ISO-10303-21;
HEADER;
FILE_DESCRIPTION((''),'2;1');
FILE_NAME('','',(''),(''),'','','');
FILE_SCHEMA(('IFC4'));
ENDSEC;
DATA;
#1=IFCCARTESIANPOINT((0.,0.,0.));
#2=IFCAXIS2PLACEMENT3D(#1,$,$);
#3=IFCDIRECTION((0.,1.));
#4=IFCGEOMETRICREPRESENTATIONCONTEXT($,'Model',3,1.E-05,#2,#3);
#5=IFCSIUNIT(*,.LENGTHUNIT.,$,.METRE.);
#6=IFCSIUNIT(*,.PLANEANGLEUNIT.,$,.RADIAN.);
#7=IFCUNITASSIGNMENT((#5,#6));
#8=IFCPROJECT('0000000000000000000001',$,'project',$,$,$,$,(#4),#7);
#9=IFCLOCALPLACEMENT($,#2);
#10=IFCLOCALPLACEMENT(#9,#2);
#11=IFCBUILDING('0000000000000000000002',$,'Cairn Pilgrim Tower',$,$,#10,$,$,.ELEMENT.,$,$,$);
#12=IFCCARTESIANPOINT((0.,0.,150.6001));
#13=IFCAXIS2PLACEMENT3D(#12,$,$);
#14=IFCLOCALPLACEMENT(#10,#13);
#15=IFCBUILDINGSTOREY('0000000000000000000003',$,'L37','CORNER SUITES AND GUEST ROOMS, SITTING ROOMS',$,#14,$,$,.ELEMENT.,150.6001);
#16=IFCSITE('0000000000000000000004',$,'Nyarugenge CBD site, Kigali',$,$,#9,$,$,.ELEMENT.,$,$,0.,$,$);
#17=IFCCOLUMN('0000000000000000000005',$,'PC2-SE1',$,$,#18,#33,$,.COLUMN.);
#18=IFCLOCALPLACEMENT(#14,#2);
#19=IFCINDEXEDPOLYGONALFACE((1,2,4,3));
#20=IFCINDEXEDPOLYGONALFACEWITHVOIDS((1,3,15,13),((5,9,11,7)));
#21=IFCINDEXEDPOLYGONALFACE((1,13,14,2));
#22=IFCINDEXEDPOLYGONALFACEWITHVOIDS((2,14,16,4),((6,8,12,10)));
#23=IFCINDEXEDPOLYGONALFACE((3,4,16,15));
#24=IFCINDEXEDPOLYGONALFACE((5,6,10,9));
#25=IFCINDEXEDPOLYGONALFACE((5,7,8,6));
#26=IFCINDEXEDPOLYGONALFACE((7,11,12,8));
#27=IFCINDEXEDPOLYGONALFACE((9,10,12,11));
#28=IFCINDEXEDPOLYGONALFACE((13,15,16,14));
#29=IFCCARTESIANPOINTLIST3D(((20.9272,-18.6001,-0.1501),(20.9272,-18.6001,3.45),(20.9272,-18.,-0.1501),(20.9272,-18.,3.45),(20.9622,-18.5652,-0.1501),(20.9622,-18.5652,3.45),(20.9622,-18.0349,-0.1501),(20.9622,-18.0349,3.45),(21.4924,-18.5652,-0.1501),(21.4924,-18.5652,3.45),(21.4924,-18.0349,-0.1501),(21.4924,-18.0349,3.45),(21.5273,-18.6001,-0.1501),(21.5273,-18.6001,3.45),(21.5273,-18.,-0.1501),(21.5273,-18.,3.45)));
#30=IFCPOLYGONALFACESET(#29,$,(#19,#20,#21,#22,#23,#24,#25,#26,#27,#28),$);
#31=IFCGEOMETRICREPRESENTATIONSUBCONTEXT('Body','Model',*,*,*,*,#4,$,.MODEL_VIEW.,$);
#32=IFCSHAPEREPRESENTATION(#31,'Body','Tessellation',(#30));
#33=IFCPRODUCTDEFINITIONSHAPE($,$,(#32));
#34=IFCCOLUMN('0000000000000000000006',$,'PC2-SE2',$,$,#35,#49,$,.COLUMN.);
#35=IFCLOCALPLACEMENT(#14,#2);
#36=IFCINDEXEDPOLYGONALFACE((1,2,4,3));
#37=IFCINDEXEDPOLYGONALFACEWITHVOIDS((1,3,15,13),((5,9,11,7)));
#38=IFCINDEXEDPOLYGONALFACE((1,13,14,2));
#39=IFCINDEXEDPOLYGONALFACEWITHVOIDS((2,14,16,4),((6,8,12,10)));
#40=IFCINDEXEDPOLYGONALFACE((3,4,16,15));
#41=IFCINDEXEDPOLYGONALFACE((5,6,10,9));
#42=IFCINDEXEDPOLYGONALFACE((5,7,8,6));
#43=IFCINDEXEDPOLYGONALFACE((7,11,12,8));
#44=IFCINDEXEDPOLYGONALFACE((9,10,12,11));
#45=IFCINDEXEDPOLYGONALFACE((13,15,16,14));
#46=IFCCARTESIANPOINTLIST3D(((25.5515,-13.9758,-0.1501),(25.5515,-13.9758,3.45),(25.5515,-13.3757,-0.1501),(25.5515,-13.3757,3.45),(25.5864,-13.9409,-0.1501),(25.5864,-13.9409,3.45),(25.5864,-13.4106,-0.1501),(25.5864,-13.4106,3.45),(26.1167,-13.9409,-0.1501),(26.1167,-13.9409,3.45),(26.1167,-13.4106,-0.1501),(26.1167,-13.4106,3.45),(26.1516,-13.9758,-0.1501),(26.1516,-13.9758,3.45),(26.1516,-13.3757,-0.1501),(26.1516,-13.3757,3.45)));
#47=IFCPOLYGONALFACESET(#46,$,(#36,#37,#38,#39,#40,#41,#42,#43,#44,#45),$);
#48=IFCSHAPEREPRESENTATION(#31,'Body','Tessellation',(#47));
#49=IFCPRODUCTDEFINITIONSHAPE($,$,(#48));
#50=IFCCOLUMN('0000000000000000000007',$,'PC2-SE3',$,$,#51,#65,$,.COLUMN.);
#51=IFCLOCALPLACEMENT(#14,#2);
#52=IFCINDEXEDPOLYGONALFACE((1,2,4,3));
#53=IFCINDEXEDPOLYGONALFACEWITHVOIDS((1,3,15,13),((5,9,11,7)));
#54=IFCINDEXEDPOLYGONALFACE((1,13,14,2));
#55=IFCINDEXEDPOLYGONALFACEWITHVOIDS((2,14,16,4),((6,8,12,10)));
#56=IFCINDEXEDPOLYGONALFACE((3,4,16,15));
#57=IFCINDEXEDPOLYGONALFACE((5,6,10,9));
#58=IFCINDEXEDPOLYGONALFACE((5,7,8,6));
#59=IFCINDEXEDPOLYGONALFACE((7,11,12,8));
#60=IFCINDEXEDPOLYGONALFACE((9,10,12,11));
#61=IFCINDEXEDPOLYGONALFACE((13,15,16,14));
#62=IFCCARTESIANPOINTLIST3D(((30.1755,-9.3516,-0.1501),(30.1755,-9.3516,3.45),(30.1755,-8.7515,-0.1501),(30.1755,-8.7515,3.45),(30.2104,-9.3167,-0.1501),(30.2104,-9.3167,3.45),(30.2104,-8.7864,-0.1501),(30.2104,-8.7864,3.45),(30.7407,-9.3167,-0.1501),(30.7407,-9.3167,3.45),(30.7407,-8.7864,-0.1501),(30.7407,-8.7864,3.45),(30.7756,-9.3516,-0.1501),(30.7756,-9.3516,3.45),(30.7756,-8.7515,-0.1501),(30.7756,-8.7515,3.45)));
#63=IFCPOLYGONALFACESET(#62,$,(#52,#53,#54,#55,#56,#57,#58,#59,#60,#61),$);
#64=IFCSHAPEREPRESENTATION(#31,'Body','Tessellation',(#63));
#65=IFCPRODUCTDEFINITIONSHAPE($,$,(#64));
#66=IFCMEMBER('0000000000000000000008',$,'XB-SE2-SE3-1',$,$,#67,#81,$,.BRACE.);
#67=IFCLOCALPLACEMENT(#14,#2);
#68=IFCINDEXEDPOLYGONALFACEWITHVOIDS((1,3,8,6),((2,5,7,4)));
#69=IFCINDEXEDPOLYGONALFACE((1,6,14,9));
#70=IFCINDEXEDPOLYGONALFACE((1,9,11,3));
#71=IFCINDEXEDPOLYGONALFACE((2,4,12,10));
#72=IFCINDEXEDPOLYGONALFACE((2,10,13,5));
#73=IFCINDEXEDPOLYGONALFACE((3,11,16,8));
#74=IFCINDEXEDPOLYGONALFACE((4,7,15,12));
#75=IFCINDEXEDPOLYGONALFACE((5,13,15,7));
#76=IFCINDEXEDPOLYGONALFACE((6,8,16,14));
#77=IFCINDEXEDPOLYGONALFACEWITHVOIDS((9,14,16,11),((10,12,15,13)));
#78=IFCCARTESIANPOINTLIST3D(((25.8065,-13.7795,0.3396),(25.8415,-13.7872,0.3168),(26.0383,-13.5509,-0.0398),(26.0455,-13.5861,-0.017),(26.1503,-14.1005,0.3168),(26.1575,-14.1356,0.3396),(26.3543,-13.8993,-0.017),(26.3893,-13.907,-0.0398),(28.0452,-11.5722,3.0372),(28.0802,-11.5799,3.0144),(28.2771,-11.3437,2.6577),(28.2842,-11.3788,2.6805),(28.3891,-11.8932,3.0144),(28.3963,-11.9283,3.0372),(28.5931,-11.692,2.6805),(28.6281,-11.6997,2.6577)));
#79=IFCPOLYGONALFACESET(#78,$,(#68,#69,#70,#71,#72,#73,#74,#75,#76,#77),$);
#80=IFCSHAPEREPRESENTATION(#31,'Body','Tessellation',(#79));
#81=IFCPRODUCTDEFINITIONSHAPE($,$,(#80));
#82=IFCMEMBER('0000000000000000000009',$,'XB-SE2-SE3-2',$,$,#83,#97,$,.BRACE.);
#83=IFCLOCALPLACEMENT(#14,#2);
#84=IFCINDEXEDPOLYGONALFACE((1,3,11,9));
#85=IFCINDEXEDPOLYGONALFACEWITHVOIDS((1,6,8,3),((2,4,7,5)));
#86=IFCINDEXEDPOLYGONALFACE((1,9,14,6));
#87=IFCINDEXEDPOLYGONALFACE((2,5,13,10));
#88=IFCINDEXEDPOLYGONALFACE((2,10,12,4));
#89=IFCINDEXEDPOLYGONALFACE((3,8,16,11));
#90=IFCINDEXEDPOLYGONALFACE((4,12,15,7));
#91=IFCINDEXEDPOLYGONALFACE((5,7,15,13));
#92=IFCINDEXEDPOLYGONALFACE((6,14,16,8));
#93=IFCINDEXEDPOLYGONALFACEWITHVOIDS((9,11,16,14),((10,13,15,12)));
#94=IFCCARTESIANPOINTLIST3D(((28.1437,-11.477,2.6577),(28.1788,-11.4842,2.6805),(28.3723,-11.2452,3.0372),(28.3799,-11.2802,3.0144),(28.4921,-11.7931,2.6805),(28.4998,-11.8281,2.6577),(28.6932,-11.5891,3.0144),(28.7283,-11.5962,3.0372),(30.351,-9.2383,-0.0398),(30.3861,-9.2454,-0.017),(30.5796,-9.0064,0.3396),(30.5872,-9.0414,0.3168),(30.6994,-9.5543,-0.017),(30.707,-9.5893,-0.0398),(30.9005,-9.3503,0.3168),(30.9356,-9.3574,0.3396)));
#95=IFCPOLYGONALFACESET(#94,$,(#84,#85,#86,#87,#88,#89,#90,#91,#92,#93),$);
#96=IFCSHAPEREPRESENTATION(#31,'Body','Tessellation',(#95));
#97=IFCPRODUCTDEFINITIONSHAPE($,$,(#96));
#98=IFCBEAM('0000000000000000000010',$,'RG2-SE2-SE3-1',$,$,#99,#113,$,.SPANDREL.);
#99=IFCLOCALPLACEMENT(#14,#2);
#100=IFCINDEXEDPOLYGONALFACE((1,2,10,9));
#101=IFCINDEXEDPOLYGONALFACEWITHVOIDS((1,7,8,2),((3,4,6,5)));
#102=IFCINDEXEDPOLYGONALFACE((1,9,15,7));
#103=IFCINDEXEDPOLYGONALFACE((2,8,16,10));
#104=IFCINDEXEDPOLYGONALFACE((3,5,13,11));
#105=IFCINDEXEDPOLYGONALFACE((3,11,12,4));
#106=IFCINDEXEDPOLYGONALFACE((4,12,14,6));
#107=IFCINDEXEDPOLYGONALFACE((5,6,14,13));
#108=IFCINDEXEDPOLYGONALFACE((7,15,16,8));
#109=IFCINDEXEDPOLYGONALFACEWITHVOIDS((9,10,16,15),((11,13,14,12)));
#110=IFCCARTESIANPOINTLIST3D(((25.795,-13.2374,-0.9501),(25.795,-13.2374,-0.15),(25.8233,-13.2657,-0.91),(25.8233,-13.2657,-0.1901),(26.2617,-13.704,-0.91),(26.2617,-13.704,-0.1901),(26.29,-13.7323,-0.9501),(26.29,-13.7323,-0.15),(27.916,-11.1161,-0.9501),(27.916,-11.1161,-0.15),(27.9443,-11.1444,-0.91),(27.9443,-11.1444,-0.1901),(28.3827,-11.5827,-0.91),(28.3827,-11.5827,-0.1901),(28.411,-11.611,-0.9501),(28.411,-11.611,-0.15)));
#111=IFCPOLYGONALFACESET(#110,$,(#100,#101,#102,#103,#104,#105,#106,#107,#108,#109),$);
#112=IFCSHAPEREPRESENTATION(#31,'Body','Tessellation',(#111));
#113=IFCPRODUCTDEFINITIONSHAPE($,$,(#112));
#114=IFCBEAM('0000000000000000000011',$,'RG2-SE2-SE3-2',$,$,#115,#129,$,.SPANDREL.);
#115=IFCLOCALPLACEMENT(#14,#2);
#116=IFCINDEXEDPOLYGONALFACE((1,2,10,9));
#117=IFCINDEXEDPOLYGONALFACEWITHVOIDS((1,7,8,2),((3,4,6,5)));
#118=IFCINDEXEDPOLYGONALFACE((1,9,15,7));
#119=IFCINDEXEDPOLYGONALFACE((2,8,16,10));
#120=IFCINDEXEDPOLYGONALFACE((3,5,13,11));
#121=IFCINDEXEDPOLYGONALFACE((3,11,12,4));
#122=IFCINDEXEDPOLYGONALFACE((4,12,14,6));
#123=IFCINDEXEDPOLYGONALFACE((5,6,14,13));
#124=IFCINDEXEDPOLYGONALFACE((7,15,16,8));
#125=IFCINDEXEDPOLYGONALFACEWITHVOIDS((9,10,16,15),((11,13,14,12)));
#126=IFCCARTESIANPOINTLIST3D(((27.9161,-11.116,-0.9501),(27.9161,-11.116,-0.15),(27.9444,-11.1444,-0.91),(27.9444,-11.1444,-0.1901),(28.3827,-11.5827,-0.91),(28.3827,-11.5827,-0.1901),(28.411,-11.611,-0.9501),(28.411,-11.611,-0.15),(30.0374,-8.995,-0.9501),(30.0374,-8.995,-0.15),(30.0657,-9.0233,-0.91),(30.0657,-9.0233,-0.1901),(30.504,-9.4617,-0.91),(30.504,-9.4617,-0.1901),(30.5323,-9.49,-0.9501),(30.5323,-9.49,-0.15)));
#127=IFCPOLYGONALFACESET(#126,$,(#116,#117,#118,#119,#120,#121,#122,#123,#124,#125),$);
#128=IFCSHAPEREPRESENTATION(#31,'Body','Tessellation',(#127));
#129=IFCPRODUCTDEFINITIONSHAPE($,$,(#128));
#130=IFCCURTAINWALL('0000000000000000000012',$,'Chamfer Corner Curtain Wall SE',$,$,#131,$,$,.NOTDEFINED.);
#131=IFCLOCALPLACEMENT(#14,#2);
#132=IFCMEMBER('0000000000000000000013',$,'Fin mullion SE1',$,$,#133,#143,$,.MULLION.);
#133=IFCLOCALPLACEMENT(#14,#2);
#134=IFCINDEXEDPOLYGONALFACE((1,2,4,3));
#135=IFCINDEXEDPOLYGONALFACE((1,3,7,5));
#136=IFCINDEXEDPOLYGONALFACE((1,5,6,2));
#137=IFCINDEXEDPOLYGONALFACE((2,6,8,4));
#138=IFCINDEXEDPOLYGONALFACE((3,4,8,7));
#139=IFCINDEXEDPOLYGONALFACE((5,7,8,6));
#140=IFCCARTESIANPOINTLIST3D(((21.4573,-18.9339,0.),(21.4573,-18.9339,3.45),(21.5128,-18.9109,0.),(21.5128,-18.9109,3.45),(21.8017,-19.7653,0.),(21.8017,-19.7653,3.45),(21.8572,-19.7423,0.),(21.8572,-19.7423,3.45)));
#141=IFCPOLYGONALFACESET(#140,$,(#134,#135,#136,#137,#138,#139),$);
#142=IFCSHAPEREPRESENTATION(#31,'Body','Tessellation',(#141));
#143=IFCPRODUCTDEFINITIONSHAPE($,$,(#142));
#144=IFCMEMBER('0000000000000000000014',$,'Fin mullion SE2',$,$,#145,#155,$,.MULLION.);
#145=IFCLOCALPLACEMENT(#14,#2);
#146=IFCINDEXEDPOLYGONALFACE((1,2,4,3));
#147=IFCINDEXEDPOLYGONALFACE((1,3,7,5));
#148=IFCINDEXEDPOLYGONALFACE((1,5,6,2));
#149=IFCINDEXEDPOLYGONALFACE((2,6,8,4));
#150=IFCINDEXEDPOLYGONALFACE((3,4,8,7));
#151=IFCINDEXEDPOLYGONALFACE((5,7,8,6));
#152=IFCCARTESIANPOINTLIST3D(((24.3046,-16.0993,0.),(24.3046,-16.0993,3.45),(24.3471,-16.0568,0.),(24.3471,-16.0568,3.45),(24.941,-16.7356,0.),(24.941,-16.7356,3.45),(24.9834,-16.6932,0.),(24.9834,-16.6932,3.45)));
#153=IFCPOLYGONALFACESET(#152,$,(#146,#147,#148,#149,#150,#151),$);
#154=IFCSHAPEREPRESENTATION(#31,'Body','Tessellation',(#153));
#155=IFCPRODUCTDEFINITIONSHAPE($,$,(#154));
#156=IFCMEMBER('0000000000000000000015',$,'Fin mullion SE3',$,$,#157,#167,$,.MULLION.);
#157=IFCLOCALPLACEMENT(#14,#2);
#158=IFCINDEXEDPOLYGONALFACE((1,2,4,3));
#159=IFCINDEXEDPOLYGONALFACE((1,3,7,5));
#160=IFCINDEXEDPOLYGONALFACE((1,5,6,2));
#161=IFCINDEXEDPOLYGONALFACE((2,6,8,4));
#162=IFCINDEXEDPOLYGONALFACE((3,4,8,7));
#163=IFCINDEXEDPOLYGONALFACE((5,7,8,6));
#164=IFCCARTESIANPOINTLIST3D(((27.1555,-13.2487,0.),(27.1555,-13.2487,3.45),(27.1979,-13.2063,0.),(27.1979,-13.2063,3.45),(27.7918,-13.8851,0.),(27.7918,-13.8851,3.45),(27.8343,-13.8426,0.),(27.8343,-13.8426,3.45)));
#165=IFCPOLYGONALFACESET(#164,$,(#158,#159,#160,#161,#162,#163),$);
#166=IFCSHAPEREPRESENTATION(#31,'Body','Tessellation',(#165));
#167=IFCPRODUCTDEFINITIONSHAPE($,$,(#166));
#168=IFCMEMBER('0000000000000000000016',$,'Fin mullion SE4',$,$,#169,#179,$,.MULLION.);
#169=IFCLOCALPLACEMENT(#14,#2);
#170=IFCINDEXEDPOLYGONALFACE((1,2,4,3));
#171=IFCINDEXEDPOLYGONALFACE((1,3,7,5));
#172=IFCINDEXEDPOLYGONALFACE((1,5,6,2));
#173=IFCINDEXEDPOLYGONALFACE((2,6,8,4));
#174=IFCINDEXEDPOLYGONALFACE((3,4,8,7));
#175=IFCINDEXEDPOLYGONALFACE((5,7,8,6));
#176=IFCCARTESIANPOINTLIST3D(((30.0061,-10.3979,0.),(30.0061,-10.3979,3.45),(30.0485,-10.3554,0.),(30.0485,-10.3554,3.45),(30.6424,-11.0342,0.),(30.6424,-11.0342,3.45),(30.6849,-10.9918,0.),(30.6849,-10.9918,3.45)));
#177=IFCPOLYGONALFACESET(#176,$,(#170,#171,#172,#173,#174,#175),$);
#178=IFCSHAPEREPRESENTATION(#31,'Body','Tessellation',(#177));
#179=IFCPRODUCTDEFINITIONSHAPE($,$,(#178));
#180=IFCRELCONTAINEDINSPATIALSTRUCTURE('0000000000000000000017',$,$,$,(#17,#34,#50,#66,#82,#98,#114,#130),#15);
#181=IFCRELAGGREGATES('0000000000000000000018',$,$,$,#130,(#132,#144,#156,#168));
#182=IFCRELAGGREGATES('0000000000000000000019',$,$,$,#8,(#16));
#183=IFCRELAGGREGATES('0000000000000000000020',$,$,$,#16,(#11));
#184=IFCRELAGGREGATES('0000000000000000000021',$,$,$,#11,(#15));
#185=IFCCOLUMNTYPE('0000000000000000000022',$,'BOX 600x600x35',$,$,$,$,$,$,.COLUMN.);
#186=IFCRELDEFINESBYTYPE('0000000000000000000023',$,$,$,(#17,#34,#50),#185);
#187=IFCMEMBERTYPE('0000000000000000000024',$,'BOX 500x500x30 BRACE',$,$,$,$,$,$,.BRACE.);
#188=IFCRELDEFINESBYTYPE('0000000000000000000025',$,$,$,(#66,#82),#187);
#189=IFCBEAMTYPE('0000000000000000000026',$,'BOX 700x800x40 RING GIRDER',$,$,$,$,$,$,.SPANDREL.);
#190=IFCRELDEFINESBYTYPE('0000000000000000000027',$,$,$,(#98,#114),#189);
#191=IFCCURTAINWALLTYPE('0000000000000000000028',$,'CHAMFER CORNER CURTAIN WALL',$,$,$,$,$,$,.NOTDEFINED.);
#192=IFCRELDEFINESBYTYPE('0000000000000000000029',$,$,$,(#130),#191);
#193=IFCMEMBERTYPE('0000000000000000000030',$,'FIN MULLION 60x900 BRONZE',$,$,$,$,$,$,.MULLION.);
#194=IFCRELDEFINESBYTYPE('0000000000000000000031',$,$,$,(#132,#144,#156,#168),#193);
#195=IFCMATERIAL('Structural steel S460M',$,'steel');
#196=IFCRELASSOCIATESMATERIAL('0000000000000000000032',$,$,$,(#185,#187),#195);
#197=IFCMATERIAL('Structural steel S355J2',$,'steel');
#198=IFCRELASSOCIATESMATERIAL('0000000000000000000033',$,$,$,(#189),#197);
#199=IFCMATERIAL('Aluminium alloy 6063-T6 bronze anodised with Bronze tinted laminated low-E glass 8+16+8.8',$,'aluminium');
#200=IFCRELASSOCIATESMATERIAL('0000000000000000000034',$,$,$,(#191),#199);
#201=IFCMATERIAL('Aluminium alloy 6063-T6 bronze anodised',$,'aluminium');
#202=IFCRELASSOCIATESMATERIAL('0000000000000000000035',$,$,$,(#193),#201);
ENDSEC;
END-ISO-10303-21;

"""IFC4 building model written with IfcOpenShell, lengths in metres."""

from ifc_helpers import new_model, si_unit, direction, frame, origin, origin_2d, place, context, subcontext, project, spatial, rectangle, hollow_rectangle, extrude, material, material_profile, profile_set, type_object, element, aggregate, save


model = new_model("IFC4")

# Units and contexts
model_context = context("Model", 3, precision=1e-05, world=origin(), true_north=direction((0.0, 1.0)))
body_context = subcontext(model_context, "Body", "Model", "MODEL_VIEW")
ifc_project = project(units=[si_unit("LENGTHUNIT", "METRE"), si_unit("PLANEANGLEUNIT", "RADIAN")], contexts=[model_context])

# Site, building, storey
site_placement = place(None, origin())
site = spatial("IfcSite", under=ifc_project, at=site_placement, Name="Nyarugenge CBD site, Kigali", CompositionType="ELEMENT", RefElevation=0.0)
building_placement = place(site_placement, origin())
building = spatial("IfcBuilding", under=site, at=building_placement, Name="Cairn Pilgrim Tower", CompositionType="ELEMENT")
storey_placement = place(building_placement, frame((0.0, 0.0, 150.6001)))
storey = spatial("IfcBuildingStorey", under=building, at=storey_placement, Name="L37", Description="CORNER SUITES AND GUEST ROOMS, SITTING ROOMS", CompositionType="ELEMENT", Elevation=150.6001)

# Columns
ifc_material_1 = material(Name="Structural steel S460M", Category="steel")
ifc_material_profile_1 = material_profile(ifc_material_1, hollow_rectangle(XDim=0.6001, YDim=0.6001, WallThickness=0.0349, at=origin_2d()), Name="BOX 600x600x35")
ifc_profile_set_1 = profile_set([ifc_material_profile_1], Name="Structural steel S460M")
column_type = type_object("IfcColumnType", Name="BOX 600x600x35", PredefinedType="COLUMN", material=ifc_profile_set_1)
for number, where, z_axis, x_axis, name in (
    (1, (21.2273, -18.3, -0.1501), (0.0, 0.0, 1.0), (1.0, 0.0, 0.0), "PC2-SE1"),
    (2, (25.8516, -13.6758, -0.1501), (0.0, 0.0, 1.0), (1.0, 0.0, 0.0), "PC2-SE2"),
    (3, (30.4756, -9.0515, -0.1501), (0.0, 0.0, 1.0), (1.0, 0.0, 0.0), "PC2-SE3"),
):
    element("IfcColumn", number, at=place(storey_placement, frame(where, z_axis=z_axis, x_axis=x_axis)), inside=storey, type_object=column_type, Name=name, PredefinedType="COLUMN", context=body_context, shape_type="SweptSolid", body=[
        extrude(hollow_rectangle(XDim=0.6001, YDim=0.6001, WallThickness=0.0349, at=origin_2d()), origin(), (0.0, 0.0, 1.0), 3.6001),
    ])

# Members
ifc_material_profile_2 = material_profile(ifc_material_1, hollow_rectangle(XDim=0.5, YDim=0.5, WallThickness=0.03, at=origin_2d()), Name="BOX 500x500x30")
ifc_profile_set_2 = profile_set([ifc_material_profile_2], Name="Structural steel S460M")
member_type_1 = type_object("IfcMemberType", Name="BOX 500x500x30 BRACE", PredefinedType="BRACE", material=ifc_profile_set_2)
for number, where, z_axis, x_axis, name in (
    (4, (26.0979, -13.8433, 0.1499), (0.540433, 0.53283, 0.651171), (-0.70208, 0.712098, 0.0), "XB-SE2-SE3-1"),
    (5, (30.6433, -9.2979, 0.1499), (-0.53283, -0.540433, 0.651171), (0.712098, -0.70208, 0.0), "XB-SE2-SE3-2"),
):
    element("IfcMember", number, at=place(storey_placement, frame(where, z_axis=z_axis, x_axis=x_axis)), inside=storey, type_object=member_type_1, Name=name, PredefinedType="BRACE", context=body_context, shape_type="SweptSolid", body=[
        extrude(hollow_rectangle(XDim=0.5, YDim=0.5, WallThickness=0.03, at=origin_2d()), origin(), (0.0, 0.0, 1.0), 4.1426),
    ])

# Beams
ifc_material_2 = material(Name="Structural steel S355J2", Category="steel")
ifc_material_profile_3 = material_profile(ifc_material_2, hollow_rectangle(XDim=0.7, YDim=0.8, WallThickness=0.04, at=origin_2d()), Name="BOX 700x800x40")
ifc_profile_set_3 = profile_set([ifc_material_profile_3], Name="Structural steel S355J2")
beam_type_1 = type_object("IfcBeamType", Name="BOX 700x800x40 RING GIRDER", PredefinedType="SPANDREL", material=ifc_profile_set_3)
for number, where, z_axis, x_axis, name in (
    (6, (26.0425, -13.4849, -0.55), (0.707066, 0.707147, 0.0), (-0.707147, 0.707066, 0.0), "RG2-SE2-SE3-1"),
    (7, (28.1636, -11.3635, -0.55), (0.707147, 0.707066, 0.0), (-0.707066, 0.707147, 0.0), "RG2-SE2-SE3-2"),
):
    element("IfcBeam", number, at=place(storey_placement, frame(where, z_axis=z_axis, x_axis=x_axis)), inside=storey, type_object=beam_type_1, Name=name, PredefinedType="SPANDREL", context=body_context, shape_type="SweptSolid", body=[
        extrude(hollow_rectangle(XDim=0.7, YDim=0.8, WallThickness=0.04, at=origin_2d()), origin(), (0.0, 0.0, 1.0), 2.9998),
    ])

# Curtain wall, members
ifc_material_3 = material(Name="Aluminium alloy 6063-T6 bronze anodised with Bronze tinted laminated low-E glass 8+16+8.8", Category="aluminium")
curtain_wall_type = type_object("IfcCurtainWallType", Name="CHAMFER CORNER CURTAIN WALL", PredefinedType="NOTDEFINED", material=ifc_material_3)
curtain_wall_placement = place(storey_placement, origin())
curtain_wall = element("IfcCurtainWall", 8, at=curtain_wall_placement, inside=storey, type_object=curtain_wall_type, Name="Chamfer Corner Curtain Wall SE", PredefinedType="NOTDEFINED")
ifc_material_4 = material(Name="Aluminium alloy 6063-T6 bronze anodised", Category="aluminium")
ifc_material_profile_4 = material_profile(ifc_material_4, rectangle(XDim=0.8999, YDim=0.0601, at=origin_2d()), Name="FIN MULLION 60x900 BRONZE")
ifc_profile_set_4 = profile_set([ifc_material_profile_4], Name="Aluminium alloy 6063-T6 bronze anodised")
member_type_2 = type_object("IfcMemberType", Name="FIN MULLION 60x900 BRONZE", PredefinedType="MULLION", material=ifc_profile_set_4)
member_1_placement = place(storey_placement, frame((21.6572, -19.3381, 0.0), z_axis=(0.0, 0.0, 1.0), x_axis=(0.382683, -0.92388, 0.0)))
member_1 = element("IfcMember", 9, at=member_1_placement, type_object=member_type_2, Name="Fin mullion SE1", PredefinedType="MULLION", context=body_context, shape_type="SweptSolid", body=[
    extrude(rectangle(XDim=0.8999, YDim=0.0601, at=origin_2d()), origin(), (0.0, 0.0, 1.0), 3.45),
])
member_2_placement = place(storey_placement, frame((24.644, -16.3962, 0.0), z_axis=(0.0, 0.0, 1.0), x_axis=(0.707107, -0.707107, 0.0)))
member_2 = element("IfcMember", 10, at=member_2_placement, type_object=member_type_2, Name="Fin mullion SE2", PredefinedType="MULLION", context=body_context, shape_type="SweptSolid", body=[
    extrude(rectangle(XDim=0.8999, YDim=0.0601, at=origin_2d()), origin(), (0.0, 0.0, 1.0), 3.45),
])
member_3_placement = place(storey_placement, frame((27.4949, -13.5457, 0.0), z_axis=(0.0, 0.0, 1.0), x_axis=(0.707107, -0.707107, 0.0)))
member_3 = element("IfcMember", 11, at=member_3_placement, type_object=member_type_2, Name="Fin mullion SE3", PredefinedType="MULLION", context=body_context, shape_type="SweptSolid", body=[
    extrude(rectangle(XDim=0.8999, YDim=0.0601, at=origin_2d()), origin(), (0.0, 0.0, 1.0), 3.45),
])
member_4_placement = place(storey_placement, frame((30.3455, -10.6948, 0.0), z_axis=(0.0, 0.0, 1.0), x_axis=(0.707107, -0.707107, 0.0)))
member_4 = element("IfcMember", 12, at=member_4_placement, type_object=member_type_2, Name="Fin mullion SE4", PredefinedType="MULLION", context=body_context, shape_type="SweptSolid", body=[
    extrude(rectangle(XDim=0.8999, YDim=0.0601, at=origin_2d()), origin(), (0.0, 0.0, 1.0), 3.45),
])

aggregate(curtain_wall, [member_1, member_2, member_3, member_4])

save(model, "model.ifc")
